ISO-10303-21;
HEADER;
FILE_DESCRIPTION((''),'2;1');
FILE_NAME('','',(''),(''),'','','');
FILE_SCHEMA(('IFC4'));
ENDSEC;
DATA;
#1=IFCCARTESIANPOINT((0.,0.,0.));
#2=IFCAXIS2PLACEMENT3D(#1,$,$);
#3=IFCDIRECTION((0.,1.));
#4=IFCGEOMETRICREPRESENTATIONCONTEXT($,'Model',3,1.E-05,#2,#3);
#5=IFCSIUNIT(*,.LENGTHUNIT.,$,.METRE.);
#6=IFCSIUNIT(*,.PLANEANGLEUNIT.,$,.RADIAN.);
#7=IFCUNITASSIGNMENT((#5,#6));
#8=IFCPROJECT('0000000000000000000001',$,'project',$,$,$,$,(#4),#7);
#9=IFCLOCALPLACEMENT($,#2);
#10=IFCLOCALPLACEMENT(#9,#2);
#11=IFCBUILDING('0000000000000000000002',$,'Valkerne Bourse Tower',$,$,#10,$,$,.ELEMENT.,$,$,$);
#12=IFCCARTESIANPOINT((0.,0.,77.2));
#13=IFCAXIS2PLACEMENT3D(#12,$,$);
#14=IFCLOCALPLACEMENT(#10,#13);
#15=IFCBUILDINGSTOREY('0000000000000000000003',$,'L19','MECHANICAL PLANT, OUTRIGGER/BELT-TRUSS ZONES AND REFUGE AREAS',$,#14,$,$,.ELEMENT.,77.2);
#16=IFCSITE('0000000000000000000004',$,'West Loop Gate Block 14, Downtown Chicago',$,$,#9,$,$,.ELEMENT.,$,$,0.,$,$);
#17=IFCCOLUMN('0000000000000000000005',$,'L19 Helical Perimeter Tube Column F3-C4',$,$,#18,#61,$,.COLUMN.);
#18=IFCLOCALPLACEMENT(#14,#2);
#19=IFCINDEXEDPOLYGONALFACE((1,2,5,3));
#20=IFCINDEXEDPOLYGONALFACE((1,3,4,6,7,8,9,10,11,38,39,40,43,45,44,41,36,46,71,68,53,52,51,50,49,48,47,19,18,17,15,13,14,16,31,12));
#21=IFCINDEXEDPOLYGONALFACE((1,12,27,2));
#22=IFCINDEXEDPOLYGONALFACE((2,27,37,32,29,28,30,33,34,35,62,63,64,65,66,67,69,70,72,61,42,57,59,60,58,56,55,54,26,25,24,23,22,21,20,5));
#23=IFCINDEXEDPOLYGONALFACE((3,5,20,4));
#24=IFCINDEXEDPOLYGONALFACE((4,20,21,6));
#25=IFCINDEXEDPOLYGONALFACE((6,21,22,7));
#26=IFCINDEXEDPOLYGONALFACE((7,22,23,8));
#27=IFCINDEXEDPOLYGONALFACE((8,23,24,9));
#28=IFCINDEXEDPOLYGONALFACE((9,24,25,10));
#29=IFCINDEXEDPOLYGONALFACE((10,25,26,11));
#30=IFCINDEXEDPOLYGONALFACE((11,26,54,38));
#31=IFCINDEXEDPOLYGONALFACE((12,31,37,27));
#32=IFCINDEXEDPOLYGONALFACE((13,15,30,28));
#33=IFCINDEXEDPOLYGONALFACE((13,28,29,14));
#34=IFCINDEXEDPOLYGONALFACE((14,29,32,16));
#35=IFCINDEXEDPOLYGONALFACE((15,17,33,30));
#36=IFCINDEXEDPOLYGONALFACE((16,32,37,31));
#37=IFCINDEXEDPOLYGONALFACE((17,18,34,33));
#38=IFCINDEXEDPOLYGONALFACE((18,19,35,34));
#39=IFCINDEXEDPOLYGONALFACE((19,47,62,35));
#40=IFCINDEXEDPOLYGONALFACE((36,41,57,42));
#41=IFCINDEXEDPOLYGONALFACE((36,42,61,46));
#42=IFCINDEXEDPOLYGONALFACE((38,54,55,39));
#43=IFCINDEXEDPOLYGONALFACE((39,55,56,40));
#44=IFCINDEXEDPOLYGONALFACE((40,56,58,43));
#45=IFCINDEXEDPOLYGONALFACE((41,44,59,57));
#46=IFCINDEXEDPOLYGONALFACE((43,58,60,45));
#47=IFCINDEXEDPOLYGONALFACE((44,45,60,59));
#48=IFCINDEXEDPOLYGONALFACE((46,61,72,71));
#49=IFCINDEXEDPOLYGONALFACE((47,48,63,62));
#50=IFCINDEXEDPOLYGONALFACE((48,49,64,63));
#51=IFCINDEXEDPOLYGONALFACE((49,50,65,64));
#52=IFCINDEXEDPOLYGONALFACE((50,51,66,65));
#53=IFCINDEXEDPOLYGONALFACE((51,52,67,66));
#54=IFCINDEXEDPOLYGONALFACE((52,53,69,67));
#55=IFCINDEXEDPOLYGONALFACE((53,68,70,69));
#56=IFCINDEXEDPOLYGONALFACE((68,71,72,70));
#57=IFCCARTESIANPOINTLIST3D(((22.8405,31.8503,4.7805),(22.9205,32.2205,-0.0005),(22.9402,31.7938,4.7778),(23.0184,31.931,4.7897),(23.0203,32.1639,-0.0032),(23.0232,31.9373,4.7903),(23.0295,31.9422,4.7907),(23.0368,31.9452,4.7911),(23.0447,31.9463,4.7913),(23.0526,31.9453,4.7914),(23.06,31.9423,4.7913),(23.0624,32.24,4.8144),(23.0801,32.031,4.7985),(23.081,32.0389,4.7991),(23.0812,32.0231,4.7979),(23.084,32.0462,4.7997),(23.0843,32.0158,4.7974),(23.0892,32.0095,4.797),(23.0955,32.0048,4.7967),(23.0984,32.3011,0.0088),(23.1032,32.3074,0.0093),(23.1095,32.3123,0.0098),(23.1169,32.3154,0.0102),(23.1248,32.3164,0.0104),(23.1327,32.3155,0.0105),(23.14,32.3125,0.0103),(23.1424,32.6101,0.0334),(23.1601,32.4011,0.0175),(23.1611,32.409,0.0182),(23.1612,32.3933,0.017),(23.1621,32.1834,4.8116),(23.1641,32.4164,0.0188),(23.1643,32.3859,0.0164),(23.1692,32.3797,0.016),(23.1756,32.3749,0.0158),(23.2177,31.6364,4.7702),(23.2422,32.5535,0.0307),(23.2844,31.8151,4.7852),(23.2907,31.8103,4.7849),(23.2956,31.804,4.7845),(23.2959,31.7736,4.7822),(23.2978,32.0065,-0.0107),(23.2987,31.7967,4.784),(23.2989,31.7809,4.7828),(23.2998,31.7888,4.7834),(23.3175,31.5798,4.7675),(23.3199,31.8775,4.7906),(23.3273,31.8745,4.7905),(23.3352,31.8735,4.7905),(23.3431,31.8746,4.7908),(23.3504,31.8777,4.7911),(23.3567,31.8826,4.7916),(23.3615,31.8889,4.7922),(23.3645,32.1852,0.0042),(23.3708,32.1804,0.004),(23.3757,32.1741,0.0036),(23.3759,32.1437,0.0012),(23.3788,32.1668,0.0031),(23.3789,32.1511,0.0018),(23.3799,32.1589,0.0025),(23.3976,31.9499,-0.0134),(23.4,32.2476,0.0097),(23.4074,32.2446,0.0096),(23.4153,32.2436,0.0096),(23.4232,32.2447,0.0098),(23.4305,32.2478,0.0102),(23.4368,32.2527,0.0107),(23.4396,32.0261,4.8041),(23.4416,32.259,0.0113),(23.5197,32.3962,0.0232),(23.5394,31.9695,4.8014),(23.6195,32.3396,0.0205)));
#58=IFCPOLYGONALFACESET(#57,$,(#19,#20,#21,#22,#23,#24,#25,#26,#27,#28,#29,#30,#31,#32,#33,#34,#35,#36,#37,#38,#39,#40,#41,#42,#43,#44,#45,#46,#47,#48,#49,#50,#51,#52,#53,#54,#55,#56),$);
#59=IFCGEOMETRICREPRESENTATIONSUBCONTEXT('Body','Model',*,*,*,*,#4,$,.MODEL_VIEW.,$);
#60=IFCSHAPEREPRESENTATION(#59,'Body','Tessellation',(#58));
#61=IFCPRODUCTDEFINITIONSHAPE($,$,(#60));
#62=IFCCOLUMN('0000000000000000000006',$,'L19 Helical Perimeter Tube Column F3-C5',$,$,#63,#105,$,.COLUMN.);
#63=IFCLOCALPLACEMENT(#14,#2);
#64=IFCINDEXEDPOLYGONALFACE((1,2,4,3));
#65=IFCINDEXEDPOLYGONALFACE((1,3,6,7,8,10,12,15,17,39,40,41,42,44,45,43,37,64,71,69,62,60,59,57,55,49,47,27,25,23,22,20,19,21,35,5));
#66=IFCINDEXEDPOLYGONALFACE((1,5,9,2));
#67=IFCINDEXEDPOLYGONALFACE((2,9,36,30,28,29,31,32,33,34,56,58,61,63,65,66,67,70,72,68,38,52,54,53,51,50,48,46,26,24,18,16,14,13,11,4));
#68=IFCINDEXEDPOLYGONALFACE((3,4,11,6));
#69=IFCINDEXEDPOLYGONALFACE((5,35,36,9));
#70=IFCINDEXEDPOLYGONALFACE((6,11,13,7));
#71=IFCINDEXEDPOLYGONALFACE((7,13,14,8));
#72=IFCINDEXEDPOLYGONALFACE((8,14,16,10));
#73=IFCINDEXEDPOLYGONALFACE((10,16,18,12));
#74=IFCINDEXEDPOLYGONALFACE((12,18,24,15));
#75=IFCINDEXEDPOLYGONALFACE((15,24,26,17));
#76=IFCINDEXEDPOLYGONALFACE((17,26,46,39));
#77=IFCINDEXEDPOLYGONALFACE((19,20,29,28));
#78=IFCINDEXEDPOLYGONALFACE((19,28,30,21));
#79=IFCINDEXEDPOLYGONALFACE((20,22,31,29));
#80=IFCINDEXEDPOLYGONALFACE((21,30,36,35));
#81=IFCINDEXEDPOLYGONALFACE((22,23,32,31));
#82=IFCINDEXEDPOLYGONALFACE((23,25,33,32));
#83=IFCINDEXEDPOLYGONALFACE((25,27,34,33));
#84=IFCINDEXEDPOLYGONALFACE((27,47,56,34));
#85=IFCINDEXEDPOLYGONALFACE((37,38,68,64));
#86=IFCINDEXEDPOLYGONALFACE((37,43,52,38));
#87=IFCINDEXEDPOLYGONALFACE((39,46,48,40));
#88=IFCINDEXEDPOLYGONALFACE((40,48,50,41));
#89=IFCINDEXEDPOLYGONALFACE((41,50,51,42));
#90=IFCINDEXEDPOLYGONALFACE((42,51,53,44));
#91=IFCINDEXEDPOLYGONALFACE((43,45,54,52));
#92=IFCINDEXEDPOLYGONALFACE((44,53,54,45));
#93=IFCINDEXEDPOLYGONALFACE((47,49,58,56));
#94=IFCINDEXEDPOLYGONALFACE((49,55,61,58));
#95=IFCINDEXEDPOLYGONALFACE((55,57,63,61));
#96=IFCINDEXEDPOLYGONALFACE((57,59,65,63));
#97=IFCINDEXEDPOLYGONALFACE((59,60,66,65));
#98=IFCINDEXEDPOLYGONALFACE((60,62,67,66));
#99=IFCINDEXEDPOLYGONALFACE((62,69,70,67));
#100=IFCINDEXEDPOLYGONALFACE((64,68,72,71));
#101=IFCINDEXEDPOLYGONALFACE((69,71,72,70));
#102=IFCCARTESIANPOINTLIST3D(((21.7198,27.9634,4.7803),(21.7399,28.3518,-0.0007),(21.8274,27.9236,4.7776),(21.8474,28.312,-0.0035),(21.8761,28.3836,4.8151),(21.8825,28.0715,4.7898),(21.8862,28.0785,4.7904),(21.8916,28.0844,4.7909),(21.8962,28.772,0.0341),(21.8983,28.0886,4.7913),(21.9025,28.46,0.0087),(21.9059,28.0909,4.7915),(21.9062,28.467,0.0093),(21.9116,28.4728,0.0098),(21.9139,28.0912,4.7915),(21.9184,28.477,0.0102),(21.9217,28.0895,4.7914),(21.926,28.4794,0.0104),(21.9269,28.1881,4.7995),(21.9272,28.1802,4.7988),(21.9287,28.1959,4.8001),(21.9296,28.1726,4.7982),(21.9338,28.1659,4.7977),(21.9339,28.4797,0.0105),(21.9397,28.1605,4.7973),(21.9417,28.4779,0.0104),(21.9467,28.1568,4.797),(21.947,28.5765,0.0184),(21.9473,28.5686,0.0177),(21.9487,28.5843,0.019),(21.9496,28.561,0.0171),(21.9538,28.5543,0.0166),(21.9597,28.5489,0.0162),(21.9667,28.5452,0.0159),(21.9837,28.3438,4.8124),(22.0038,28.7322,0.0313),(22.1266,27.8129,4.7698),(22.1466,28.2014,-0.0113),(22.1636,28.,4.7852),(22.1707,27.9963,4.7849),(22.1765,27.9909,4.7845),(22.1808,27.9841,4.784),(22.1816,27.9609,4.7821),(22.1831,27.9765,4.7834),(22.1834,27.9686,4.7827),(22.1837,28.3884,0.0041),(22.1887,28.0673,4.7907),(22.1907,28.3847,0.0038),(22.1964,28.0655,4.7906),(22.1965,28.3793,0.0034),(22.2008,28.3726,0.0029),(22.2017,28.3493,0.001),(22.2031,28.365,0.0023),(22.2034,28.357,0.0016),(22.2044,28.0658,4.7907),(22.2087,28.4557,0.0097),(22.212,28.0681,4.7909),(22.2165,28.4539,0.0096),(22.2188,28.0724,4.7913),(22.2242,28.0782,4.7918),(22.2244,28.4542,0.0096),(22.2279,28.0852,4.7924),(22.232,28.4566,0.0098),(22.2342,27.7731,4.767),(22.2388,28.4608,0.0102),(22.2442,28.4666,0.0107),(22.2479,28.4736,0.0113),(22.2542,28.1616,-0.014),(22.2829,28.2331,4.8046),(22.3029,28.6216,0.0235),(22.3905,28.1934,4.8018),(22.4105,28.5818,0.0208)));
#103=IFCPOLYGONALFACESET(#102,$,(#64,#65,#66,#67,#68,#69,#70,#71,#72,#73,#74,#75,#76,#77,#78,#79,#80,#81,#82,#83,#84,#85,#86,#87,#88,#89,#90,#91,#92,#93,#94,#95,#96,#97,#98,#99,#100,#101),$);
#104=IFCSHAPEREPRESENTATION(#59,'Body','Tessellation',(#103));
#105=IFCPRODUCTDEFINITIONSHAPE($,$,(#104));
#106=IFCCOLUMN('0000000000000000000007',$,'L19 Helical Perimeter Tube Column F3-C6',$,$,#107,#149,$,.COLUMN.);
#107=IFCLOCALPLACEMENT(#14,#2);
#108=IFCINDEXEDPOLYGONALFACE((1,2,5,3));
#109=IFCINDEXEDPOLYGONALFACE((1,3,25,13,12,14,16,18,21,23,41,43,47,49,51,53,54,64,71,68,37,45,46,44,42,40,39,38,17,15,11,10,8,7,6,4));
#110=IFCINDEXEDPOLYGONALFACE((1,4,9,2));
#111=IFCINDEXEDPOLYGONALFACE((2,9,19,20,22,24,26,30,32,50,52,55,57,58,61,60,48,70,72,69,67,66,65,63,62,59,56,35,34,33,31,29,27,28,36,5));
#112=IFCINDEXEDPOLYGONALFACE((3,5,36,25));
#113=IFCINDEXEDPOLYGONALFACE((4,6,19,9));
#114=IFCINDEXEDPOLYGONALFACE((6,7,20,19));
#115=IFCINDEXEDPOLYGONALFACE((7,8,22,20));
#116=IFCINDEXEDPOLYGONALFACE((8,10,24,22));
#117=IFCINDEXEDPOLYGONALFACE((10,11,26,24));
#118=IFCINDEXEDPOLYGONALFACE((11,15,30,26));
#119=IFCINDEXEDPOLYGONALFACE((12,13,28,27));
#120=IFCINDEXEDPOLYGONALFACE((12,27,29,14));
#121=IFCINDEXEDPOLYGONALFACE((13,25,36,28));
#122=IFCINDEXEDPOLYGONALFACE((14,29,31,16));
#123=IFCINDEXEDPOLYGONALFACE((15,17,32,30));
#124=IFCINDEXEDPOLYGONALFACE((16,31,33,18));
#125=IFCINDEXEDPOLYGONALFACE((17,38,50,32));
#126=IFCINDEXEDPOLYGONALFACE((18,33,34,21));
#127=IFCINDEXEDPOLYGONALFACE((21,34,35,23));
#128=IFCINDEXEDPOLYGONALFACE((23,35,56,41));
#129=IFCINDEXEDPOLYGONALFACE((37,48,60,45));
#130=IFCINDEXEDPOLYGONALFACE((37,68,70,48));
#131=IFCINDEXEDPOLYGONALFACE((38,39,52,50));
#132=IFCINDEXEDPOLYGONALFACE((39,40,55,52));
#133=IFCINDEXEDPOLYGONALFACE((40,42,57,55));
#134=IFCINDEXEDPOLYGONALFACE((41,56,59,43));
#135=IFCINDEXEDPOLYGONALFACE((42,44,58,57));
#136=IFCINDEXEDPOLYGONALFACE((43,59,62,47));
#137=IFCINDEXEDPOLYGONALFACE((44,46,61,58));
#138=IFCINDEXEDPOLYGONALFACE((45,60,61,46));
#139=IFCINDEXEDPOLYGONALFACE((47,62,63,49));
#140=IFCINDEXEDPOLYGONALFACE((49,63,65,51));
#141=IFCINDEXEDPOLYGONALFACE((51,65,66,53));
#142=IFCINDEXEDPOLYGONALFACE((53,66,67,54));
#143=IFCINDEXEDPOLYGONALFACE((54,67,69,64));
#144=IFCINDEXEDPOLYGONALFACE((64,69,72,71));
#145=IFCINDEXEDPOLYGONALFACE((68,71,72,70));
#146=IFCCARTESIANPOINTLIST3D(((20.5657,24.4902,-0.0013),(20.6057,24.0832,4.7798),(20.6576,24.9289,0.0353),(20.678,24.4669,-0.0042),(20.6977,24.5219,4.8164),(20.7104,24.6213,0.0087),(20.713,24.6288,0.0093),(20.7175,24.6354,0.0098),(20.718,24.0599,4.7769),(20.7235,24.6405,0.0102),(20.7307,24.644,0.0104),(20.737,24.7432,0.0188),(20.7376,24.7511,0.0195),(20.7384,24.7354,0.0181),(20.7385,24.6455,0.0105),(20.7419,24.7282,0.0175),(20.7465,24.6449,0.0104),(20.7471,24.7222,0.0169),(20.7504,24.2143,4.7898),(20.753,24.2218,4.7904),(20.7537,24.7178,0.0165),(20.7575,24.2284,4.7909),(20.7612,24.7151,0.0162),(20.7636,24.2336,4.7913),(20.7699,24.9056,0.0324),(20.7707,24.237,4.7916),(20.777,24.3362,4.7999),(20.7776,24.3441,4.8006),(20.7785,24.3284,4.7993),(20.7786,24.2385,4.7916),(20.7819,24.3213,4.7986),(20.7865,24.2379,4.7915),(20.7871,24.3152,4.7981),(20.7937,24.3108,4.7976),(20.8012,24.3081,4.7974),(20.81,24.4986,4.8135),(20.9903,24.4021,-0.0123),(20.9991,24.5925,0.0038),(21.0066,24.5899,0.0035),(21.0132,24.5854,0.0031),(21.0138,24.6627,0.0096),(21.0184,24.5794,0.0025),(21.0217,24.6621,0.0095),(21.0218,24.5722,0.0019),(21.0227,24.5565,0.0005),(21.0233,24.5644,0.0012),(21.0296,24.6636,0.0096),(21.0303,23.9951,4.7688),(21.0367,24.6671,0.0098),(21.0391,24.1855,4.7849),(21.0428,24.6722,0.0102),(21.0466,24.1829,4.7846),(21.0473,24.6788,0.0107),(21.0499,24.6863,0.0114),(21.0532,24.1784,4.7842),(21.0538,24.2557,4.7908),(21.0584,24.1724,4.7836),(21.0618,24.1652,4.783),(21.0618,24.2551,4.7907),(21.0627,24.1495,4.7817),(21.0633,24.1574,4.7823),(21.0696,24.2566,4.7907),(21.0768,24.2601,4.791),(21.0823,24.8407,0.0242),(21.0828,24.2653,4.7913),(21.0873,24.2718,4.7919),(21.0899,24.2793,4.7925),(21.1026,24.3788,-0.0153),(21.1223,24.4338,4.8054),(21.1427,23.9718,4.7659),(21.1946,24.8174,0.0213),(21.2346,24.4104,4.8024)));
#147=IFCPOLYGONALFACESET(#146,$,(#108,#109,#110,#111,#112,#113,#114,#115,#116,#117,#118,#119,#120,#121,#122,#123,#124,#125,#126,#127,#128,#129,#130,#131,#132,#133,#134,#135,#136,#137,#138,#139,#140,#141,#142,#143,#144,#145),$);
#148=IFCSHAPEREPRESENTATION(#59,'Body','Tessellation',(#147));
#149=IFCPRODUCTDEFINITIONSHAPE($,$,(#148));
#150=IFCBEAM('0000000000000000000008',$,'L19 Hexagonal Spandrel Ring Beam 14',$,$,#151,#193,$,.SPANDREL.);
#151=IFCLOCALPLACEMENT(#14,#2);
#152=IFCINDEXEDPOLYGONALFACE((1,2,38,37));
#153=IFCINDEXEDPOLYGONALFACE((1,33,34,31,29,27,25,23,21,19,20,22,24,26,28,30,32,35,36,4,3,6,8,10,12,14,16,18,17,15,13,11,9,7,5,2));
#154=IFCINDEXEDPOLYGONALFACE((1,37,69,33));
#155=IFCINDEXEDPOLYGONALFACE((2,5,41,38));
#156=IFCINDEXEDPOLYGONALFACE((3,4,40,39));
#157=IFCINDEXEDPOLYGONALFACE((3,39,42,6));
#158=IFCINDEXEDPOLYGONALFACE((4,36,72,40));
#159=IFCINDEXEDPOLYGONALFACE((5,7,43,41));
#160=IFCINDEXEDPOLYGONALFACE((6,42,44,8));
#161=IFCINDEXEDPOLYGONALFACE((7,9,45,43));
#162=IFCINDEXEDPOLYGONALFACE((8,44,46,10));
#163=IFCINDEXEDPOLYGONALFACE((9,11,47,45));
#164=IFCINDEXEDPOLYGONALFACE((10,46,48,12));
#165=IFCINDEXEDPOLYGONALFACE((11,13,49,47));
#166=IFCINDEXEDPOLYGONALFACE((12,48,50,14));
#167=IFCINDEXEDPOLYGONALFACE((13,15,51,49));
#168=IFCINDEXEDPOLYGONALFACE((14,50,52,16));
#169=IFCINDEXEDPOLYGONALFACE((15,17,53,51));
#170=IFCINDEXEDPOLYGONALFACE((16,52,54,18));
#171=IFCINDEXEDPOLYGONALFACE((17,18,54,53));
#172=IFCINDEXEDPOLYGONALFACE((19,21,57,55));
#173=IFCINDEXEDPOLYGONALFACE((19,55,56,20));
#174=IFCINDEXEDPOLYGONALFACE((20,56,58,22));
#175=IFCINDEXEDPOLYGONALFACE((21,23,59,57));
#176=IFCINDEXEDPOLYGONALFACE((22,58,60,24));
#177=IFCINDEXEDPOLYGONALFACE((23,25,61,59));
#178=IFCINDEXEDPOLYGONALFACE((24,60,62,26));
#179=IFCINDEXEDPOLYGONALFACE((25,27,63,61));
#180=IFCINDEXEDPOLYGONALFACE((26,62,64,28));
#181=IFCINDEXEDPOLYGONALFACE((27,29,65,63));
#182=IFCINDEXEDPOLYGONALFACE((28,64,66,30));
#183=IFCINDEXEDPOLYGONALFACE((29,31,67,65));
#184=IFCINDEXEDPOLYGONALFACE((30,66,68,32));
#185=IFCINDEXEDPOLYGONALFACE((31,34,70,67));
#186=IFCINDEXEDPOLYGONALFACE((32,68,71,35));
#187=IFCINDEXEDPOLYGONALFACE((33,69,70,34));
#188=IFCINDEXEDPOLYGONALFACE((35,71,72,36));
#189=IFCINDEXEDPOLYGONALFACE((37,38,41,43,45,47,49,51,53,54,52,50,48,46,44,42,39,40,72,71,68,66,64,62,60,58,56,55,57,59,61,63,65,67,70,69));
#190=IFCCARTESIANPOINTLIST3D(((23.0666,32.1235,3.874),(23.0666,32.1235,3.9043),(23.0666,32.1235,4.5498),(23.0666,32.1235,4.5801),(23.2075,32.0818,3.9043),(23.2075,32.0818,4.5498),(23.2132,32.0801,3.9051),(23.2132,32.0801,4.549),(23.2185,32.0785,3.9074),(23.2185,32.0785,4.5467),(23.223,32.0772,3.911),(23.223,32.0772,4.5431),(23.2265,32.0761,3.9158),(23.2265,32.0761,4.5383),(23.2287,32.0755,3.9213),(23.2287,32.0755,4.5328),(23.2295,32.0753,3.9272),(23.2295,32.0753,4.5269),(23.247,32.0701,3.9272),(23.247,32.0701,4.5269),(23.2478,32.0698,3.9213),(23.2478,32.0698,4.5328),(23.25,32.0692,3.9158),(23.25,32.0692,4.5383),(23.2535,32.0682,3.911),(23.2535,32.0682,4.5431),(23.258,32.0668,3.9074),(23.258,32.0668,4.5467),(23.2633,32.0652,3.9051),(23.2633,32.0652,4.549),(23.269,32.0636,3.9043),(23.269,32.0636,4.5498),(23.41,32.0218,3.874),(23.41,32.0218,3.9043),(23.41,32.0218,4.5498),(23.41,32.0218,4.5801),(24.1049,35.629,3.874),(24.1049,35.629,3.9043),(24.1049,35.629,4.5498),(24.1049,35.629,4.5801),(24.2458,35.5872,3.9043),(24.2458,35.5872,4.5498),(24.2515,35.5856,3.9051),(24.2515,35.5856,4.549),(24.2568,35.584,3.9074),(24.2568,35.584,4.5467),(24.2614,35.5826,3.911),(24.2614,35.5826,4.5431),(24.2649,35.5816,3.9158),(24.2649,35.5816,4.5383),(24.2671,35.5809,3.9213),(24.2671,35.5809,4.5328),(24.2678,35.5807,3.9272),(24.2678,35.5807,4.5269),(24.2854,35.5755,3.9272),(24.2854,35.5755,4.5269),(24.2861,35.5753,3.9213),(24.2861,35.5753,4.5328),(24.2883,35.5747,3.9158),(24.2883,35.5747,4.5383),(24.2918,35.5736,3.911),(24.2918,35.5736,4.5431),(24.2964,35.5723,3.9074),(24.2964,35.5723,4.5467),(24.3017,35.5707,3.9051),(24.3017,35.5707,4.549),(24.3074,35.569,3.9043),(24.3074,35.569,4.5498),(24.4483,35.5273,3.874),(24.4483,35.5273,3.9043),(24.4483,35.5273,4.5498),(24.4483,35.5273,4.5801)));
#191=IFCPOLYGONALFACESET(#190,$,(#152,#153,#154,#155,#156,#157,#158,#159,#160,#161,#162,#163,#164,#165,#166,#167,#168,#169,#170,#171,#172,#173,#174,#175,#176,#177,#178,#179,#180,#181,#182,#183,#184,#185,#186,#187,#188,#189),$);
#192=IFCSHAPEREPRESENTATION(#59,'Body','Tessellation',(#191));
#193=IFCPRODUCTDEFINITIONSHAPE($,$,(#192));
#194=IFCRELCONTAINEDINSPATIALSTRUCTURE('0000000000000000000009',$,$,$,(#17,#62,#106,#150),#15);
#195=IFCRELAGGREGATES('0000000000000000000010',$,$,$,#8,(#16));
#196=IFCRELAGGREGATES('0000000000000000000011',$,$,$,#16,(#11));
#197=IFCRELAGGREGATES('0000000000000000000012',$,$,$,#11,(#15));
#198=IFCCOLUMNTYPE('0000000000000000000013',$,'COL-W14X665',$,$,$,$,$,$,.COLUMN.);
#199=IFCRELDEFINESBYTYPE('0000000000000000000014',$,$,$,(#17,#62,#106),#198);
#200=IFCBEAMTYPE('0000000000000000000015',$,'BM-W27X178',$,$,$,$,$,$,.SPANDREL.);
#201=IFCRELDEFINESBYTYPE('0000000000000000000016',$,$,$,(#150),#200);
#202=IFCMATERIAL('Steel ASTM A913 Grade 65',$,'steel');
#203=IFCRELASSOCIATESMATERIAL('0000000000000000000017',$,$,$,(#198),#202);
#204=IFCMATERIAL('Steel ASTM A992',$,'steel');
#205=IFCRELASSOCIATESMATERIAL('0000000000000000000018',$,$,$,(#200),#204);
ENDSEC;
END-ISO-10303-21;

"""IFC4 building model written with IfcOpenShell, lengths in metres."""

from ifc_helpers import new_model, si_unit, direction, frame, origin, origin_2d, place, context, subcontext, project, spatial, i_section, extrude, material, material_profile, profile_set, type_object, element, save


model = new_model("IFC4")

# Units and contexts
model_context = context("Model", 3, precision=1e-05, world=origin(), true_north=direction((0.0, 1.0)))
body_context = subcontext(model_context, "Body", "Model", "MODEL_VIEW")
ifc_project = project(units=[si_unit("LENGTHUNIT", "METRE"), si_unit("PLANEANGLEUNIT", "RADIAN")], contexts=[model_context])

# Site, building, storey
site_placement = place(None, origin())
site = spatial("IfcSite", under=ifc_project, at=site_placement, Name="West Loop Gate Block 14, Downtown Chicago", CompositionType="ELEMENT", RefElevation=0.0)
building_placement = place(site_placement, origin())
building = spatial("IfcBuilding", under=site, at=building_placement, Name="Valkerne Bourse Tower", CompositionType="ELEMENT")
storey_placement = place(building_placement, frame((0.0, 0.0, 77.2)))
storey = spatial("IfcBuildingStorey", under=building, at=storey_placement, Name="L19", Description="MECHANICAL PLANT, OUTRIGGER/BELT-TRUSS ZONES AND REFUGE AREAS", CompositionType="ELEMENT", Elevation=77.2)

# Columns
ifc_material_1 = material(Name="Steel ASTM A913 Grade 65", Category="steel")
ifc_material_profile_1 = material_profile(ifc_material_1, i_section(OverallWidth=0.4497, OverallDepth=0.5486, WebThickness=0.072, FlangeThickness=0.1147, FilletRadius=0.0305, at=origin_2d()), Name="W14X665")
ifc_profile_set_1 = profile_set([ifc_material_profile_1], Name="Steel ASTM A913 Grade 65")
column_type = type_object("IfcColumnType", Name="COL-W14X665", PredefinedType="COLUMN", material=ifc_profile_set_1)
column_1_placement = place(storey_placement, frame((23.27, 32.28, 0.01), z_axis=(-0.016697, -0.077172, 0.996878), x_axis=(-0.493437, -0.866512, -0.075345)))
element("IfcColumn", 1, at=column_1_placement, inside=storey, type_object=column_type, Name="L19 Helical Perimeter Tube Column F3-C4", PredefinedType="COLUMN", context=body_context, shape_type="SweptSolid", body=[
    extrude(i_section(OverallWidth=0.4497, OverallDepth=0.5486, WebThickness=0.072, FlangeThickness=0.1147, FilletRadius=0.0305, at=origin_2d()), origin(), (0.0, 0.0, 1.0), 4.7959),
])
column_2_placement = place(storey_placement, frame((22.0752, 28.4668, 0.01), z_axis=(-0.004174, -0.080976, 0.996707), x_axis=(-0.347599, -0.934445, -0.077374)))
element("IfcColumn", 2, at=column_2_placement, inside=storey, type_object=column_type, Name="L19 Helical Perimeter Tube Column F3-C5", PredefinedType="COLUMN", context=body_context, shape_type="SweptSolid", body=[
    extrude(i_section(OverallWidth=0.4497, OverallDepth=0.5486, WebThickness=0.072, FlangeThickness=0.1147, FilletRadius=0.0305, at=origin_2d()), origin(), (0.0, 0.0, 1.0), 4.7969),
])
column_3_placement = place(storey_placement, frame((20.8801, 24.6538, 0.01), z_axis=(0.008344, -0.084815, 0.996362), x_axis=(-0.204517, -0.975479, -0.081325)))
element("IfcColumn", 3, at=column_3_placement, inside=storey, type_object=column_type, Name="L19 Helical Perimeter Tube Column F3-C6", PredefinedType="COLUMN", context=body_context, shape_type="SweptSolid", body=[
    extrude(i_section(OverallWidth=0.4497, OverallDepth=0.5486, WebThickness=0.072, FlangeThickness=0.1147, FilletRadius=0.0305, at=origin_2d()), origin(), (0.0, 0.0, 1.0), 4.7986),
])

# Beam
ifc_material_2 = material(Name="Steel ASTM A992", Category="steel")
ifc_material_profile_2 = material_profile(ifc_material_2, i_section(OverallWidth=0.3582, OverallDepth=0.7061, WebThickness=0.0183, FlangeThickness=0.0303, FilletRadius=0.0229, at=origin_2d()), Name="W27X178")
ifc_profile_set_2 = profile_set([ifc_material_profile_2], Name="Steel ASTM A992")
beam_type_1 = type_object("IfcBeamType", Name="BM-W27X178", PredefinedType="SPANDREL", material=ifc_profile_set_2)
for number, where, z_axis, x_axis, name in (
    (4, (24.2766, 35.5781, 4.2271), (-0.284013, -0.95882, 0.0), (0.95882, -0.284013, 0.0), "L19 Hexagonal Spandrel Ring Beam 14"),
):
    element("IfcBeam", number, at=place(storey_placement, frame(where, z_axis=z_axis, x_axis=x_axis)), inside=storey, type_object=beam_type_1, Name=name, PredefinedType="SPANDREL", context=body_context, shape_type="SweptSolid", body=[
        extrude(i_section(OverallWidth=0.3582, OverallDepth=0.7061, WebThickness=0.0183, FlangeThickness=0.0303, FilletRadius=0.0229, at=origin_2d()), origin(), (0.0, 0.0, 1.0), 3.656),
    ])

save(model, "model.ifc")
